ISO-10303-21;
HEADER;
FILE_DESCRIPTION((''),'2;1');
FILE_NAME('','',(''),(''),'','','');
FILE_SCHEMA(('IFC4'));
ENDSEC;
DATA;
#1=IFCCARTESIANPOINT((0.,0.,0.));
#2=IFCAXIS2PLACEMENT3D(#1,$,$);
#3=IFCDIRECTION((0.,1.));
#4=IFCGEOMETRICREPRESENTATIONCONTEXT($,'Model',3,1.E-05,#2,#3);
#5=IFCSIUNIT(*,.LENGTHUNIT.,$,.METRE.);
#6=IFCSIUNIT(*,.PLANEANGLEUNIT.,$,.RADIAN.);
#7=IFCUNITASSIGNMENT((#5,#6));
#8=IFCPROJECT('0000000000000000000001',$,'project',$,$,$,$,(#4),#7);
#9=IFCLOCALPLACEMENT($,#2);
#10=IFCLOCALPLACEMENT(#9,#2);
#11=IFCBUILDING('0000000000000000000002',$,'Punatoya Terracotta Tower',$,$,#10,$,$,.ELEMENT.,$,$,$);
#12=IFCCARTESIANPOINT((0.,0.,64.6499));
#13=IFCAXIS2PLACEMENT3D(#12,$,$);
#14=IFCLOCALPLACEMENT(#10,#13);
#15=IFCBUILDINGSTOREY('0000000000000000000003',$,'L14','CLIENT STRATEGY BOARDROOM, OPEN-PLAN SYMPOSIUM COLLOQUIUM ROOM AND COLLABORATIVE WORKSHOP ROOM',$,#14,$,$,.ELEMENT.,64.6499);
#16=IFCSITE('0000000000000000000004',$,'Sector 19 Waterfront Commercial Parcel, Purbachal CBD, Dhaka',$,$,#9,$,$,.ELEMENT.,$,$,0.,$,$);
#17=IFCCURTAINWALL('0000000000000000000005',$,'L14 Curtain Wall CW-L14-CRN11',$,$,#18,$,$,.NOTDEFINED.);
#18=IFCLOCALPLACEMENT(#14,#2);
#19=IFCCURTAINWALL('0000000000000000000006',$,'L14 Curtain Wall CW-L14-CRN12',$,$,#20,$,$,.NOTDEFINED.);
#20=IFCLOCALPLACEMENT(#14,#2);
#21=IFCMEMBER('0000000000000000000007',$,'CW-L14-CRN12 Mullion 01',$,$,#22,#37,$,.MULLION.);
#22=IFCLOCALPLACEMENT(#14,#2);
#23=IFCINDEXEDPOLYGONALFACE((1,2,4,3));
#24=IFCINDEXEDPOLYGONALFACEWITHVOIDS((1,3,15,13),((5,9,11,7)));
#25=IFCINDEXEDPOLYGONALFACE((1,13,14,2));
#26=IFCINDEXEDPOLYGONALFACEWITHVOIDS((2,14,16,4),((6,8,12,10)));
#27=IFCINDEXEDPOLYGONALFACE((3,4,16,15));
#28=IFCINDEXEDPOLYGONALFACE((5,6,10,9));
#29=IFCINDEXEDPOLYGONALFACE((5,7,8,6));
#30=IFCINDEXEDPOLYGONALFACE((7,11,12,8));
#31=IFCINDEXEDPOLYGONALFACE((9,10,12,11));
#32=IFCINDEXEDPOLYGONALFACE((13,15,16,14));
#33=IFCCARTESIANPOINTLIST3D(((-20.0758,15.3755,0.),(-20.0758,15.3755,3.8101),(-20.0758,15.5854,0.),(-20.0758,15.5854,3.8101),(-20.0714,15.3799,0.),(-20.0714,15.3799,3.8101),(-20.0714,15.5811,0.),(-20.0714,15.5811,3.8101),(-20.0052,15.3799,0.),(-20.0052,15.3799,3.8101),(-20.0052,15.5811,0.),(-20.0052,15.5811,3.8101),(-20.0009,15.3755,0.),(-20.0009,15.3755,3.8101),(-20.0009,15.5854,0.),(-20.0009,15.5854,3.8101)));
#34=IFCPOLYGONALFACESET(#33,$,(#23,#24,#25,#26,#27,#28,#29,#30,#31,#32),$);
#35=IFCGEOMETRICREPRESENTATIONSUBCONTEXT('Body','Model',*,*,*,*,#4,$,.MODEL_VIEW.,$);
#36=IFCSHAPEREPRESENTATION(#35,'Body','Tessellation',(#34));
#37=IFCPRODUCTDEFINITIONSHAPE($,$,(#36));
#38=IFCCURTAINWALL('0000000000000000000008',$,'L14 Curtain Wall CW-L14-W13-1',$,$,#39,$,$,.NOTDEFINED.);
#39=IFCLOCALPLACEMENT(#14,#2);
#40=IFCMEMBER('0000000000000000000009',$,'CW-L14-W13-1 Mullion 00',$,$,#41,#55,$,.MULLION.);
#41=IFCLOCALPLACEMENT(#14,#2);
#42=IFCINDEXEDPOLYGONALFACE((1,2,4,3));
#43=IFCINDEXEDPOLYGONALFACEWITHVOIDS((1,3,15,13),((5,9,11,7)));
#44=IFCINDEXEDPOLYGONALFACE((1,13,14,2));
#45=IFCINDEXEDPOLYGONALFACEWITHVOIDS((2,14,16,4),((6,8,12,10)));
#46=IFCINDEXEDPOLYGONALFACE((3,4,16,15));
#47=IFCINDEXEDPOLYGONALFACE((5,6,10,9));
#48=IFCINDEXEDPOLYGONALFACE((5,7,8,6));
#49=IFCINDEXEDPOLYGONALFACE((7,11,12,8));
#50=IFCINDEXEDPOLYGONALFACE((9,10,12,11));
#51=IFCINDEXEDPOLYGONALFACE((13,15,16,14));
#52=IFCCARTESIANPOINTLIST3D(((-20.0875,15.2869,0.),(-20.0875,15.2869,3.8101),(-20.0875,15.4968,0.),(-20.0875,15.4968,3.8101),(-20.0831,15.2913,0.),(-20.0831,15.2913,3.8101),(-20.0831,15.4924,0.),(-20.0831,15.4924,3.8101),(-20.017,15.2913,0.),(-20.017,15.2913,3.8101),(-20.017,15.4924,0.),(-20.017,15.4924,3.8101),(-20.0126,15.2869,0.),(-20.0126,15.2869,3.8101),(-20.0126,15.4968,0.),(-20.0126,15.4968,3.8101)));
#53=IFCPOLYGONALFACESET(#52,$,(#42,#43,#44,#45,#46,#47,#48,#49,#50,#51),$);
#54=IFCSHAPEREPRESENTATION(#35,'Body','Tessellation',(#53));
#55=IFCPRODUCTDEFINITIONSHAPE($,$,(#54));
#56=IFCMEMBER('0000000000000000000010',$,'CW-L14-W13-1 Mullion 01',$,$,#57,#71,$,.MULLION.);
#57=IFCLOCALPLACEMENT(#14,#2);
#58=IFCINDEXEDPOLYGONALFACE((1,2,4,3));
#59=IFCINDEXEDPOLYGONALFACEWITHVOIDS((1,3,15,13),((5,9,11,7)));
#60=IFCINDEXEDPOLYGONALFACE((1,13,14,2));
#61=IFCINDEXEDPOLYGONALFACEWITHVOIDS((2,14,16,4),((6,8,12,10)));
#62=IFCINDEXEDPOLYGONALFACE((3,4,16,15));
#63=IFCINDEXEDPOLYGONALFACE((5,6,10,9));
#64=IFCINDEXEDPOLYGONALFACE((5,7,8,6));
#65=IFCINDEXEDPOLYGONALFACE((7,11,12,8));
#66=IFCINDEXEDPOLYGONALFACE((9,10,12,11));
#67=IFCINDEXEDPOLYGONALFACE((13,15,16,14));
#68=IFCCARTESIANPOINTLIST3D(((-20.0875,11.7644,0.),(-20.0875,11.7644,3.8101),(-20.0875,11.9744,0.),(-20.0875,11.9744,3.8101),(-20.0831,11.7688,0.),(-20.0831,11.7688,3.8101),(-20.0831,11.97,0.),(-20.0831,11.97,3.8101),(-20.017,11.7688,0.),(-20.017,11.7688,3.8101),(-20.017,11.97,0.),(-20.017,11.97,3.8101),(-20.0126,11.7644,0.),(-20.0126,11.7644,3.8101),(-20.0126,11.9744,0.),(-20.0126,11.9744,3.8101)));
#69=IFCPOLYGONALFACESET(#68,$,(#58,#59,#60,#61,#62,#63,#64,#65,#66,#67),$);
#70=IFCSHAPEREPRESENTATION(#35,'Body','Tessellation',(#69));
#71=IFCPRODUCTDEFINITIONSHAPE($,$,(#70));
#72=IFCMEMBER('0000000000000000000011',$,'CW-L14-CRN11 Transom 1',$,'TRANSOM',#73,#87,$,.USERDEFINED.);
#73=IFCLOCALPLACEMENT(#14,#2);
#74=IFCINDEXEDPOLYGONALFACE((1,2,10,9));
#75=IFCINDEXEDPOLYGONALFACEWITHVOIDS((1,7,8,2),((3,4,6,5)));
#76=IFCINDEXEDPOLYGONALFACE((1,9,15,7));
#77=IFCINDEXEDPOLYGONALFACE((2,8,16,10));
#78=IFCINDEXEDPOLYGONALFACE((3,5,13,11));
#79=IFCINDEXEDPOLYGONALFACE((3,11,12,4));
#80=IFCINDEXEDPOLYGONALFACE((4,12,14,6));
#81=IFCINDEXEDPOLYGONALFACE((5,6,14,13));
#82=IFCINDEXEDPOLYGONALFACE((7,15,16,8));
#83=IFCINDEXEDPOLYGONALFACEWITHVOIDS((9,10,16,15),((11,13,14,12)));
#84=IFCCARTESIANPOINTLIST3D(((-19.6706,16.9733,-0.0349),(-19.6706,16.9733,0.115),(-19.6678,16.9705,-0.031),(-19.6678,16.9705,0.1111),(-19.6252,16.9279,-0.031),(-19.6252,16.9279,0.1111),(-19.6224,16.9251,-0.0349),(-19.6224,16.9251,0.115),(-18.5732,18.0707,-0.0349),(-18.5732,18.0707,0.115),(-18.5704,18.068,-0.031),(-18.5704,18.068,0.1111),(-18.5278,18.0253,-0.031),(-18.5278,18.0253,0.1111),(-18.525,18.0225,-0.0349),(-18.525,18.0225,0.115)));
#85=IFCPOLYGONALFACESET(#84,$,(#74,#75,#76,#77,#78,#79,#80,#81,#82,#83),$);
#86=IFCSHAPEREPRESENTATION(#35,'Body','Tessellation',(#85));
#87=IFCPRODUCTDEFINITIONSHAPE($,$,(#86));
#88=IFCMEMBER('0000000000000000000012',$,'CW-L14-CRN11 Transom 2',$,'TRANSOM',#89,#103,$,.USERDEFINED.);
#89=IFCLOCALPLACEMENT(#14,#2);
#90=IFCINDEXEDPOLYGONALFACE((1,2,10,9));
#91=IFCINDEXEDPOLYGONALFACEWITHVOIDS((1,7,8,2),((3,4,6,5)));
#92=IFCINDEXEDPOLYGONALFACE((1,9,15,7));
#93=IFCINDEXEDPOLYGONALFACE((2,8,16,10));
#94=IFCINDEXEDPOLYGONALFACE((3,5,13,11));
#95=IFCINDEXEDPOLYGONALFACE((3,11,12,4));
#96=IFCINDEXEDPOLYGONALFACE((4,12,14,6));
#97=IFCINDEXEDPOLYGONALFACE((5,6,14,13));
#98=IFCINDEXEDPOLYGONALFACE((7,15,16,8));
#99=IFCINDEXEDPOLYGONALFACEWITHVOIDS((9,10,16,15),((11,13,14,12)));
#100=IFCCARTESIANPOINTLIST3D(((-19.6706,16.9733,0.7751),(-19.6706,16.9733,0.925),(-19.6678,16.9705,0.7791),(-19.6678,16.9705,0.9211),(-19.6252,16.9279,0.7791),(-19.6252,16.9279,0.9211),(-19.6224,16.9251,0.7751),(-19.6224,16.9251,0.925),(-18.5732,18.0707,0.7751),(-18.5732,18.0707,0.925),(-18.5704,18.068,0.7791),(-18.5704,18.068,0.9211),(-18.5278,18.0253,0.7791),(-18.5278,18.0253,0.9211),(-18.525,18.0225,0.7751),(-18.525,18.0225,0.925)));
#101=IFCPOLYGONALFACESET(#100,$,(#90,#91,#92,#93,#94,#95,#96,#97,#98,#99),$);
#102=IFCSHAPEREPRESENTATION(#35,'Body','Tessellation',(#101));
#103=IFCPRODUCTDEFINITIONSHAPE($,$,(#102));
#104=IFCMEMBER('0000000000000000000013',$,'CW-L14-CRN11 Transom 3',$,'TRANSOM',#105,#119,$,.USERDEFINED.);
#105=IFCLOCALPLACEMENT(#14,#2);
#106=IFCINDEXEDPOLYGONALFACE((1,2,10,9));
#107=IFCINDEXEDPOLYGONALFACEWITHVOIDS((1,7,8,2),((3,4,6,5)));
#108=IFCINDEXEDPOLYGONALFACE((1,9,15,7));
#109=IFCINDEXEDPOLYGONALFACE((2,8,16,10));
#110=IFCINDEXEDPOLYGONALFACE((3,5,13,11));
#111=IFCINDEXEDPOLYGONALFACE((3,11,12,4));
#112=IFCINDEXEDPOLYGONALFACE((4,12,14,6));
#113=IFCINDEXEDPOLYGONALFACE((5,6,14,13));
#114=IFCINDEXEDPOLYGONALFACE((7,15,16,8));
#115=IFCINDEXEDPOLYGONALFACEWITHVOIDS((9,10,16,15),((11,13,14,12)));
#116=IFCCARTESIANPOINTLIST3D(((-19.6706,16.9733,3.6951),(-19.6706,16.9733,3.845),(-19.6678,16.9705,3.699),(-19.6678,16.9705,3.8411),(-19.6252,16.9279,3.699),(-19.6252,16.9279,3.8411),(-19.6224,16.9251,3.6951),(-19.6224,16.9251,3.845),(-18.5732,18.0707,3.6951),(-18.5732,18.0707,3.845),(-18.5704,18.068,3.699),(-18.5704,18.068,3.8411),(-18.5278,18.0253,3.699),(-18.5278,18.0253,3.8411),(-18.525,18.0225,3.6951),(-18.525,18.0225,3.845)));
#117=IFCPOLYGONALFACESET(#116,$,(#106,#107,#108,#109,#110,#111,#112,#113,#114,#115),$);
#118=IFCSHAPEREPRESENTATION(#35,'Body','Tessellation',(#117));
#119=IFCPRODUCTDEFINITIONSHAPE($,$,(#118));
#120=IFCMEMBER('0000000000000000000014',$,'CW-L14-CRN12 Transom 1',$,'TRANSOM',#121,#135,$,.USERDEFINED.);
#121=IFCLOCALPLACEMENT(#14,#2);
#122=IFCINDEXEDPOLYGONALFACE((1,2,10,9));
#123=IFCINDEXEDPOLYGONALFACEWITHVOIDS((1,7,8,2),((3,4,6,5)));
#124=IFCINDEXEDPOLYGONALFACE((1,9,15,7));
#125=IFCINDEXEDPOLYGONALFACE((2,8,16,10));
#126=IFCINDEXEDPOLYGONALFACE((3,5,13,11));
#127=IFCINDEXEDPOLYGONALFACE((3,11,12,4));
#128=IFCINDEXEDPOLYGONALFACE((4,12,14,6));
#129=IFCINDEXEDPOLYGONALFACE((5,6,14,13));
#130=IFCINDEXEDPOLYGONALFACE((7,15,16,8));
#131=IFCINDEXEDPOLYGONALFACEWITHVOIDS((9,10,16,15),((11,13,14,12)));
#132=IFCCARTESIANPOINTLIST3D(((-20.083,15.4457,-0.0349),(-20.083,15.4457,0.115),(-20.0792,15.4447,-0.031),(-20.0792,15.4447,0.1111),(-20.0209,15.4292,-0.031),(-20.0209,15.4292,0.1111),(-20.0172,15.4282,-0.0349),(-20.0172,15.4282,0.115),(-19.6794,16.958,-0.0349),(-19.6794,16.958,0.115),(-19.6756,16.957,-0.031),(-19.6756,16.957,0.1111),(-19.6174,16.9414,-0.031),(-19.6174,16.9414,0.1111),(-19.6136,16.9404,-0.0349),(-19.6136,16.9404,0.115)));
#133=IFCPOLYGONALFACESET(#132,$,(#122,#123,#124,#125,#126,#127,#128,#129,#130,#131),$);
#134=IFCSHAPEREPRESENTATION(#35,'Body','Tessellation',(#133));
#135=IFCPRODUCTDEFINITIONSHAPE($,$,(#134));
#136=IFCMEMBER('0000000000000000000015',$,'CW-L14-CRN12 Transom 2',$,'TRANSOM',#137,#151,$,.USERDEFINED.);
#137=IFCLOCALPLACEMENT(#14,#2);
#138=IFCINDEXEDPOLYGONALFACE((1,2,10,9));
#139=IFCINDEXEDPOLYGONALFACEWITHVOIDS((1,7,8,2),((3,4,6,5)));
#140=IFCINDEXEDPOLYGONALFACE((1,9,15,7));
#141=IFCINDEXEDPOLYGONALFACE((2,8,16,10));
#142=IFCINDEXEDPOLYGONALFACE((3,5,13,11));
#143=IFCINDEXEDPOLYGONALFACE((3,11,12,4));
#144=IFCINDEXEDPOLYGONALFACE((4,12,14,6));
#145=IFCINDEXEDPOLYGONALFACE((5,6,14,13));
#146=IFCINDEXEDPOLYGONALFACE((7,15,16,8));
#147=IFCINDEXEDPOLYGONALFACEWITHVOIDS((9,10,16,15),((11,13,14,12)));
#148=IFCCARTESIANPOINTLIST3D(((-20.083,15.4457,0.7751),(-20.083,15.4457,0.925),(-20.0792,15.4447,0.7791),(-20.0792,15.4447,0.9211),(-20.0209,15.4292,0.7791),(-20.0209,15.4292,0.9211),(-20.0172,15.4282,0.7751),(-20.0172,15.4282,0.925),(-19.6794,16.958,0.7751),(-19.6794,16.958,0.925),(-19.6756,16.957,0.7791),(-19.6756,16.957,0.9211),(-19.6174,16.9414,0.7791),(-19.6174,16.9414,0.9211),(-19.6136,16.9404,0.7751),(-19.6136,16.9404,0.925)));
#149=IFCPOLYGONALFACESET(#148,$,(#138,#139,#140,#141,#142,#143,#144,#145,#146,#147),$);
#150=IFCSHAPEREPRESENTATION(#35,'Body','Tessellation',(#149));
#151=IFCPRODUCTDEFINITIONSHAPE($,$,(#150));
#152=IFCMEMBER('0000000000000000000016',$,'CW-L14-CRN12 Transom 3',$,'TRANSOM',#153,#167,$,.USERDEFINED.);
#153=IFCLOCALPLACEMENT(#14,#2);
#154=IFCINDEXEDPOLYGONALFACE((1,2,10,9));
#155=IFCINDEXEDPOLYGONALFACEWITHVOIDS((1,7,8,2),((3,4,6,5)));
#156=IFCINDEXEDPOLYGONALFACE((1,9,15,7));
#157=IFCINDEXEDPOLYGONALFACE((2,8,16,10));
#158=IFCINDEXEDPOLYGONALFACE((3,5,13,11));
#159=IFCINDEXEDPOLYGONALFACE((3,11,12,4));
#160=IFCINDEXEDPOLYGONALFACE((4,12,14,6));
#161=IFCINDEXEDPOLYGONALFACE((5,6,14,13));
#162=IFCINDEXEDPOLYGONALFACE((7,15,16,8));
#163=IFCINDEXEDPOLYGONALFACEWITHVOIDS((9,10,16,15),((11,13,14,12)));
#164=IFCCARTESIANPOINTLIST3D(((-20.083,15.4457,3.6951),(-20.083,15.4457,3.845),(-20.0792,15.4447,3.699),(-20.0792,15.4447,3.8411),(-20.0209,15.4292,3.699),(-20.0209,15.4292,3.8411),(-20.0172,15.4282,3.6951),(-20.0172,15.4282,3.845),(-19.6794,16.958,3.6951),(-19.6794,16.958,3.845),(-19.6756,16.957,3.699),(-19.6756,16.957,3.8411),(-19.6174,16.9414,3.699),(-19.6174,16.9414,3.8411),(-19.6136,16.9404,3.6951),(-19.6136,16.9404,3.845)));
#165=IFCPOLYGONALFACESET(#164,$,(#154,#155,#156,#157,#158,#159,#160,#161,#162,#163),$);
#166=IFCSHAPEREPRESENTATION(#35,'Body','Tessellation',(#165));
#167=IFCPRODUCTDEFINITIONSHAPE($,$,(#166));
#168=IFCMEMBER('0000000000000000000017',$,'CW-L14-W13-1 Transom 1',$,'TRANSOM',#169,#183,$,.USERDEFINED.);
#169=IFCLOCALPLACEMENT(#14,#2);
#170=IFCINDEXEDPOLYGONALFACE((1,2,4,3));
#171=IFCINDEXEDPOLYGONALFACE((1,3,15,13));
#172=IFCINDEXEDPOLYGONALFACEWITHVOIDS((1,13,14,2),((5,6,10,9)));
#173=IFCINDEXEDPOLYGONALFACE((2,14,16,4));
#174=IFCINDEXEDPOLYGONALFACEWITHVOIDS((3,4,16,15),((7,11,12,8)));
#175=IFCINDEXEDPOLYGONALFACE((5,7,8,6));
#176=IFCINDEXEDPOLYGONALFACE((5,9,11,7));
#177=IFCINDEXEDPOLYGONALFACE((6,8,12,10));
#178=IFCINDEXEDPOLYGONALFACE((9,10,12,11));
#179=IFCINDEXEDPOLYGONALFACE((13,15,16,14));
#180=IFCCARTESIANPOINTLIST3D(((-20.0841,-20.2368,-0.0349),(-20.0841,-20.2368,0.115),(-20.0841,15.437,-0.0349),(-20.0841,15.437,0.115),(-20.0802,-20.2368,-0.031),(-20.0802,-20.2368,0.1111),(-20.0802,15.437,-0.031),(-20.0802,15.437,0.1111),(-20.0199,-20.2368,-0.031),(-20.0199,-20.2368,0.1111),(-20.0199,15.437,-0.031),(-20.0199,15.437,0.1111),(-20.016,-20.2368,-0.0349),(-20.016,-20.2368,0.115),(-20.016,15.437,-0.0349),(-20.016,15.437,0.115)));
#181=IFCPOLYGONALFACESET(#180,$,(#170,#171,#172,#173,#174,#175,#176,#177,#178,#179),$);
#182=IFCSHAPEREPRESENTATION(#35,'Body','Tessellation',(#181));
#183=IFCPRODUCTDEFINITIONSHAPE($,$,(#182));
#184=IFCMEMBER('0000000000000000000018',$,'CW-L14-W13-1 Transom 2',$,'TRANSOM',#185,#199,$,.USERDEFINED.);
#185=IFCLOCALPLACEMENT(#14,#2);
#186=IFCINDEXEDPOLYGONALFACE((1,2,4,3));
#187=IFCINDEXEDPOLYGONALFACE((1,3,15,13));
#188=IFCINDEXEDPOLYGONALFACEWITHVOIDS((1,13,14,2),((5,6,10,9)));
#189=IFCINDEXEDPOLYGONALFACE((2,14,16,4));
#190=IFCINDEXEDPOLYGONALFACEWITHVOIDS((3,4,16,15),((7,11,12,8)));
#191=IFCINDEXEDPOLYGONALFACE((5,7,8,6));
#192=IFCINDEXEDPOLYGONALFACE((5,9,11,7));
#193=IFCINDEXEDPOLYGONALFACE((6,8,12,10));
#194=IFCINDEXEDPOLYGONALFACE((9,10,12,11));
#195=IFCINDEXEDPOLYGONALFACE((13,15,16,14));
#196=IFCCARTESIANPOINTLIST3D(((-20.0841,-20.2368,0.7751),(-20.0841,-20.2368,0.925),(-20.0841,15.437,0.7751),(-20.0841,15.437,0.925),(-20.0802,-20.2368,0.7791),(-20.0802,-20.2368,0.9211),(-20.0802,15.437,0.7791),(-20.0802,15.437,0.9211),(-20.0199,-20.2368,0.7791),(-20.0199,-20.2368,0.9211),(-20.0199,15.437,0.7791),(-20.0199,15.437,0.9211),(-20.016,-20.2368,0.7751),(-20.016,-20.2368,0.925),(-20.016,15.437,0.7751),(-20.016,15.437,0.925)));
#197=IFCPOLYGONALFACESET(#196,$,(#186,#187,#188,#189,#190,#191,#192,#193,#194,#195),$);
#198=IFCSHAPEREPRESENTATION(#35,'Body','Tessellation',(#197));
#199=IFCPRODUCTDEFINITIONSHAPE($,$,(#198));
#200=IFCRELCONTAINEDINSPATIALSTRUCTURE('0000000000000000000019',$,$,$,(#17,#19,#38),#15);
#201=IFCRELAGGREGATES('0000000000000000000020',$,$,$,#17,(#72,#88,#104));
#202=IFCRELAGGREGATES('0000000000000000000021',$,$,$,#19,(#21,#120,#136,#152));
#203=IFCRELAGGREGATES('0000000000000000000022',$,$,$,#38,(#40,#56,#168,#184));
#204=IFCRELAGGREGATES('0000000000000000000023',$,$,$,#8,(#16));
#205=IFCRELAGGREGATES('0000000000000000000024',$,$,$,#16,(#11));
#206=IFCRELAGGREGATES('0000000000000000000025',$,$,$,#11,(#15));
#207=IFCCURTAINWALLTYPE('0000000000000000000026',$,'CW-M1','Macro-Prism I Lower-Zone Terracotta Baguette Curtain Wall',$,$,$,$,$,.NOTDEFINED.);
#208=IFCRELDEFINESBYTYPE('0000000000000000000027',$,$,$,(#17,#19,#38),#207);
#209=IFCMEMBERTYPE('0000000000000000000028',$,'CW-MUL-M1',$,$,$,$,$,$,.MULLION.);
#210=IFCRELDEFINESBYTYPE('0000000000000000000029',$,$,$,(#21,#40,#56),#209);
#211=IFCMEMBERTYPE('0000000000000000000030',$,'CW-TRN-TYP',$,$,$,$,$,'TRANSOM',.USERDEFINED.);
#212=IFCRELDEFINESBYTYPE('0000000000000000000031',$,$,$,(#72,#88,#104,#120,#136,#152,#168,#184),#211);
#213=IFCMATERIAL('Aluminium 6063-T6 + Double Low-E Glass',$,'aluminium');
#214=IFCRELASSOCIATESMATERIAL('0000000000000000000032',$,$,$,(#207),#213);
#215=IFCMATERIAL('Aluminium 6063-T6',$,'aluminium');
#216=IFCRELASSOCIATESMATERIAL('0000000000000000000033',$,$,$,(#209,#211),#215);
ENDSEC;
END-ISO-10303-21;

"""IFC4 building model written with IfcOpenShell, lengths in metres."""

from ifc_helpers import new_model, si_unit, direction, frame, origin, origin_2d, place, context, subcontext, project, spatial, hollow_rectangle, extrude, material, material_profile, profile_set, type_object, element, aggregate, save


model = new_model("IFC4")

# Units and contexts
model_context = context("Model", 3, precision=1e-05, world=origin(), true_north=direction((0.0, 1.0)))
body_context = subcontext(model_context, "Body", "Model", "MODEL_VIEW")
ifc_project = project(units=[si_unit("LENGTHUNIT", "METRE"), si_unit("PLANEANGLEUNIT", "RADIAN")], contexts=[model_context])

# Site, building, storey
site_placement = place(None, origin())
site = spatial("IfcSite", under=ifc_project, at=site_placement, Name="Sector 19 Waterfront Commercial Parcel, Purbachal CBD, Dhaka", CompositionType="ELEMENT", RefElevation=0.0)
building_placement = place(site_placement, origin())
building = spatial("IfcBuilding", under=site, at=building_placement, Name="Punatoya Terracotta Tower", CompositionType="ELEMENT")
storey_placement = place(building_placement, frame((0.0, 0.0, 64.6499)))
storey = spatial("IfcBuildingStorey", under=building, at=storey_placement, Name="L14", Description="CLIENT STRATEGY BOARDROOM, OPEN-PLAN SYMPOSIUM COLLOQUIUM ROOM AND COLLABORATIVE WORKSHOP ROOM", CompositionType="ELEMENT", Elevation=64.6499)

# Shared definitions
ifc_material_1 = material(Name="Aluminium 6063-T6 + Double Low-E Glass", Category="aluminium")
curtain_wall_type = type_object("IfcCurtainWallType", Name="CW-M1", Description="Macro-Prism I Lower-Zone Terracotta Baguette Curtain Wall", PredefinedType="NOTDEFINED", material=ifc_material_1)
ifc_material_2 = material(Name="Aluminium 6063-T6", Category="aluminium")
ifc_material_profile_1 = material_profile(ifc_material_2, hollow_rectangle(XDim=0.075, YDim=0.21, WallThickness=0.0044, at=origin_2d()))
ifc_profile_set_1 = profile_set([ifc_material_profile_1], Name="Aluminium 6063-T6")
member_type_1 = type_object("IfcMemberType", Name="CW-MUL-M1", PredefinedType="MULLION", material=ifc_profile_set_1)

# Curtain walls, members
curtain_wall_1_placement = place(storey_placement, origin())
curtain_wall_1 = element("IfcCurtainWall", 1, at=curtain_wall_1_placement, inside=storey, type_object=curtain_wall_type, Name="L14 Curtain Wall CW-L14-CRN11", PredefinedType="NOTDEFINED")
curtain_wall_2_placement = place(storey_placement, origin())
curtain_wall_2 = element("IfcCurtainWall", 2, at=curtain_wall_2_placement, inside=storey, type_object=curtain_wall_type, Name="L14 Curtain Wall CW-L14-CRN12", PredefinedType="NOTDEFINED")
member_1_placement = place(storey_placement, frame((-20.0383, 15.4805, 0.0), z_axis=(0.0, 0.0, 1.0), x_axis=(1.0, 0.0, 0.0)))
member_1 = element("IfcMember", 3, at=member_1_placement, type_object=member_type_1, Name="CW-L14-CRN12 Mullion 01", PredefinedType="MULLION", context=body_context, shape_type="SweptSolid", body=[
    extrude(hollow_rectangle(XDim=0.075, YDim=0.21, WallThickness=0.0044, at=origin_2d()), origin(), (0.0, 0.0, 1.0), 3.8101),
])
curtain_wall_3_placement = place(storey_placement, origin())
curtain_wall_3 = element("IfcCurtainWall", 4, at=curtain_wall_3_placement, inside=storey, type_object=curtain_wall_type, Name="L14 Curtain Wall CW-L14-W13-1", PredefinedType="NOTDEFINED")
member_2_placement = place(storey_placement, frame((-20.05, 15.3918, 0.0), z_axis=(0.0, 0.0, 1.0), x_axis=(1.0, 0.0, 0.0)))
member_2 = element("IfcMember", 5, at=member_2_placement, type_object=member_type_1, Name="CW-L14-W13-1 Mullion 00", PredefinedType="MULLION", context=body_context, shape_type="SweptSolid", body=[
    extrude(hollow_rectangle(XDim=0.075, YDim=0.21, WallThickness=0.0044, at=origin_2d()), origin(), (0.0, 0.0, 1.0), 3.8101),
])
member_3_placement = place(storey_placement, frame((-20.05, 11.8694, 0.0), z_axis=(0.0, 0.0, 1.0), x_axis=(1.0, 0.0, 0.0)))
member_3 = element("IfcMember", 6, at=member_3_placement, type_object=member_type_1, Name="CW-L14-W13-1 Mullion 01", PredefinedType="MULLION", context=body_context, shape_type="SweptSolid", body=[
    extrude(hollow_rectangle(XDim=0.075, YDim=0.21, WallThickness=0.0044, at=origin_2d()), origin(), (0.0, 0.0, 1.0), 3.8101),
])

# Members
ifc_material_profile_2 = material_profile(ifc_material_2, hollow_rectangle(XDim=0.0681, YDim=0.1499, WallThickness=0.0039, at=origin_2d()))
ifc_profile_set_2 = profile_set([ifc_material_profile_2], Name="Aluminium 6063-T6")
member_type_2 = type_object("IfcMemberType", Name="CW-TRN-TYP", ElementType="TRANSOM", PredefinedType="USERDEFINED", material=ifc_profile_set_2)
member_4_placement = place(storey_placement, frame((-18.5491, 18.0466, 0.04), z_axis=(-0.707107, -0.707107, 0.0), x_axis=(0.707107, -0.707107, 0.0)))
member_4 = element("IfcMember", 7, at=member_4_placement, type_object=member_type_2, Name="CW-L14-CRN11 Transom 1", ObjectType="TRANSOM", PredefinedType="USERDEFINED", context=body_context, shape_type="SweptSolid", body=[
    extrude(hollow_rectangle(XDim=0.0681, YDim=0.1499, WallThickness=0.0039, at=origin_2d()), origin(), (0.0, 0.0, 1.0), 1.552),
])
member_5_placement = place(storey_placement, frame((-18.5491, 18.0466, 0.8501), z_axis=(-0.707107, -0.707107, 0.0), x_axis=(0.707107, -0.707107, 0.0)))
member_5 = element("IfcMember", 8, at=member_5_placement, type_object=member_type_2, Name="CW-L14-CRN11 Transom 2", ObjectType="TRANSOM", PredefinedType="USERDEFINED", context=body_context, shape_type="SweptSolid", body=[
    extrude(hollow_rectangle(XDim=0.0681, YDim=0.1499, WallThickness=0.0039, at=origin_2d()), origin(), (0.0, 0.0, 1.0), 1.552),
])
member_6_placement = place(storey_placement, frame((-18.5491, 18.0466, 3.77), z_axis=(-0.707107, -0.707107, 0.0), x_axis=(0.707107, -0.707107, 0.0)))
member_6 = element("IfcMember", 9, at=member_6_placement, type_object=member_type_2, Name="CW-L14-CRN11 Transom 3", ObjectType="TRANSOM", PredefinedType="USERDEFINED", context=body_context, shape_type="SweptSolid", body=[
    extrude(hollow_rectangle(XDim=0.0681, YDim=0.1499, WallThickness=0.0039, at=origin_2d()), origin(), (0.0, 0.0, 1.0), 1.552),
])
member_7_placement = place(storey_placement, frame((-19.6465, 16.9492, 0.04), z_axis=(-0.257847, -0.966186, 0.0), x_axis=(0.966186, -0.257847, 0.0)))
member_7 = element("IfcMember", 10, at=member_7_placement, type_object=member_type_2, Name="CW-L14-CRN12 Transom 1", ObjectType="TRANSOM", PredefinedType="USERDEFINED", context=body_context, shape_type="SweptSolid", body=[
    extrude(hollow_rectangle(XDim=0.0681, YDim=0.1499, WallThickness=0.0039, at=origin_2d()), origin(), (0.0, 0.0, 1.0), 1.5652),
])
member_8_placement = place(storey_placement, frame((-19.6465, 16.9492, 0.8501), z_axis=(-0.257847, -0.966186, 0.0), x_axis=(0.966186, -0.257847, 0.0)))
member_8 = element("IfcMember", 11, at=member_8_placement, type_object=member_type_2, Name="CW-L14-CRN12 Transom 2", ObjectType="TRANSOM", PredefinedType="USERDEFINED", context=body_context, shape_type="SweptSolid", body=[
    extrude(hollow_rectangle(XDim=0.0681, YDim=0.1499, WallThickness=0.0039, at=origin_2d()), origin(), (0.0, 0.0, 1.0), 1.5652),
])
member_9_placement = place(storey_placement, frame((-19.6465, 16.9492, 3.77), z_axis=(-0.257847, -0.966186, 0.0), x_axis=(0.966186, -0.257847, 0.0)))
member_9 = element("IfcMember", 12, at=member_9_placement, type_object=member_type_2, Name="CW-L14-CRN12 Transom 3", ObjectType="TRANSOM", PredefinedType="USERDEFINED", context=body_context, shape_type="SweptSolid", body=[
    extrude(hollow_rectangle(XDim=0.0681, YDim=0.1499, WallThickness=0.0039, at=origin_2d()), origin(), (0.0, 0.0, 1.0), 1.5652),
])
member_10_placement = place(storey_placement, frame((-20.05, 15.437, 0.04), z_axis=(0.0, -1.0, 0.0), x_axis=(1.0, 0.0, 0.0)))
member_10 = element("IfcMember", 13, at=member_10_placement, type_object=member_type_2, Name="CW-L14-W13-1 Transom 1", ObjectType="TRANSOM", PredefinedType="USERDEFINED", context=body_context, shape_type="SweptSolid", body=[
    extrude(hollow_rectangle(XDim=0.0681, YDim=0.1499, WallThickness=0.0039, at=origin_2d()), origin(), (0.0, 0.0, 1.0), 35.6738),
])
member_11_placement = place(storey_placement, frame((-20.05, 15.437, 0.8501), z_axis=(0.0, -1.0, 0.0), x_axis=(1.0, 0.0, 0.0)))
member_11 = element("IfcMember", 14, at=member_11_placement, type_object=member_type_2, Name="CW-L14-W13-1 Transom 2", ObjectType="TRANSOM", PredefinedType="USERDEFINED", context=body_context, shape_type="SweptSolid", body=[
    extrude(hollow_rectangle(XDim=0.0681, YDim=0.1499, WallThickness=0.0039, at=origin_2d()), origin(), (0.0, 0.0, 1.0), 35.6738),
])

aggregate(curtain_wall_1, [member_4, member_5, member_6])
aggregate(curtain_wall_2, [member_1, member_7, member_8, member_9])
aggregate(curtain_wall_3, [member_2, member_3, member_10, member_11])

save(model, "model.ifc")
